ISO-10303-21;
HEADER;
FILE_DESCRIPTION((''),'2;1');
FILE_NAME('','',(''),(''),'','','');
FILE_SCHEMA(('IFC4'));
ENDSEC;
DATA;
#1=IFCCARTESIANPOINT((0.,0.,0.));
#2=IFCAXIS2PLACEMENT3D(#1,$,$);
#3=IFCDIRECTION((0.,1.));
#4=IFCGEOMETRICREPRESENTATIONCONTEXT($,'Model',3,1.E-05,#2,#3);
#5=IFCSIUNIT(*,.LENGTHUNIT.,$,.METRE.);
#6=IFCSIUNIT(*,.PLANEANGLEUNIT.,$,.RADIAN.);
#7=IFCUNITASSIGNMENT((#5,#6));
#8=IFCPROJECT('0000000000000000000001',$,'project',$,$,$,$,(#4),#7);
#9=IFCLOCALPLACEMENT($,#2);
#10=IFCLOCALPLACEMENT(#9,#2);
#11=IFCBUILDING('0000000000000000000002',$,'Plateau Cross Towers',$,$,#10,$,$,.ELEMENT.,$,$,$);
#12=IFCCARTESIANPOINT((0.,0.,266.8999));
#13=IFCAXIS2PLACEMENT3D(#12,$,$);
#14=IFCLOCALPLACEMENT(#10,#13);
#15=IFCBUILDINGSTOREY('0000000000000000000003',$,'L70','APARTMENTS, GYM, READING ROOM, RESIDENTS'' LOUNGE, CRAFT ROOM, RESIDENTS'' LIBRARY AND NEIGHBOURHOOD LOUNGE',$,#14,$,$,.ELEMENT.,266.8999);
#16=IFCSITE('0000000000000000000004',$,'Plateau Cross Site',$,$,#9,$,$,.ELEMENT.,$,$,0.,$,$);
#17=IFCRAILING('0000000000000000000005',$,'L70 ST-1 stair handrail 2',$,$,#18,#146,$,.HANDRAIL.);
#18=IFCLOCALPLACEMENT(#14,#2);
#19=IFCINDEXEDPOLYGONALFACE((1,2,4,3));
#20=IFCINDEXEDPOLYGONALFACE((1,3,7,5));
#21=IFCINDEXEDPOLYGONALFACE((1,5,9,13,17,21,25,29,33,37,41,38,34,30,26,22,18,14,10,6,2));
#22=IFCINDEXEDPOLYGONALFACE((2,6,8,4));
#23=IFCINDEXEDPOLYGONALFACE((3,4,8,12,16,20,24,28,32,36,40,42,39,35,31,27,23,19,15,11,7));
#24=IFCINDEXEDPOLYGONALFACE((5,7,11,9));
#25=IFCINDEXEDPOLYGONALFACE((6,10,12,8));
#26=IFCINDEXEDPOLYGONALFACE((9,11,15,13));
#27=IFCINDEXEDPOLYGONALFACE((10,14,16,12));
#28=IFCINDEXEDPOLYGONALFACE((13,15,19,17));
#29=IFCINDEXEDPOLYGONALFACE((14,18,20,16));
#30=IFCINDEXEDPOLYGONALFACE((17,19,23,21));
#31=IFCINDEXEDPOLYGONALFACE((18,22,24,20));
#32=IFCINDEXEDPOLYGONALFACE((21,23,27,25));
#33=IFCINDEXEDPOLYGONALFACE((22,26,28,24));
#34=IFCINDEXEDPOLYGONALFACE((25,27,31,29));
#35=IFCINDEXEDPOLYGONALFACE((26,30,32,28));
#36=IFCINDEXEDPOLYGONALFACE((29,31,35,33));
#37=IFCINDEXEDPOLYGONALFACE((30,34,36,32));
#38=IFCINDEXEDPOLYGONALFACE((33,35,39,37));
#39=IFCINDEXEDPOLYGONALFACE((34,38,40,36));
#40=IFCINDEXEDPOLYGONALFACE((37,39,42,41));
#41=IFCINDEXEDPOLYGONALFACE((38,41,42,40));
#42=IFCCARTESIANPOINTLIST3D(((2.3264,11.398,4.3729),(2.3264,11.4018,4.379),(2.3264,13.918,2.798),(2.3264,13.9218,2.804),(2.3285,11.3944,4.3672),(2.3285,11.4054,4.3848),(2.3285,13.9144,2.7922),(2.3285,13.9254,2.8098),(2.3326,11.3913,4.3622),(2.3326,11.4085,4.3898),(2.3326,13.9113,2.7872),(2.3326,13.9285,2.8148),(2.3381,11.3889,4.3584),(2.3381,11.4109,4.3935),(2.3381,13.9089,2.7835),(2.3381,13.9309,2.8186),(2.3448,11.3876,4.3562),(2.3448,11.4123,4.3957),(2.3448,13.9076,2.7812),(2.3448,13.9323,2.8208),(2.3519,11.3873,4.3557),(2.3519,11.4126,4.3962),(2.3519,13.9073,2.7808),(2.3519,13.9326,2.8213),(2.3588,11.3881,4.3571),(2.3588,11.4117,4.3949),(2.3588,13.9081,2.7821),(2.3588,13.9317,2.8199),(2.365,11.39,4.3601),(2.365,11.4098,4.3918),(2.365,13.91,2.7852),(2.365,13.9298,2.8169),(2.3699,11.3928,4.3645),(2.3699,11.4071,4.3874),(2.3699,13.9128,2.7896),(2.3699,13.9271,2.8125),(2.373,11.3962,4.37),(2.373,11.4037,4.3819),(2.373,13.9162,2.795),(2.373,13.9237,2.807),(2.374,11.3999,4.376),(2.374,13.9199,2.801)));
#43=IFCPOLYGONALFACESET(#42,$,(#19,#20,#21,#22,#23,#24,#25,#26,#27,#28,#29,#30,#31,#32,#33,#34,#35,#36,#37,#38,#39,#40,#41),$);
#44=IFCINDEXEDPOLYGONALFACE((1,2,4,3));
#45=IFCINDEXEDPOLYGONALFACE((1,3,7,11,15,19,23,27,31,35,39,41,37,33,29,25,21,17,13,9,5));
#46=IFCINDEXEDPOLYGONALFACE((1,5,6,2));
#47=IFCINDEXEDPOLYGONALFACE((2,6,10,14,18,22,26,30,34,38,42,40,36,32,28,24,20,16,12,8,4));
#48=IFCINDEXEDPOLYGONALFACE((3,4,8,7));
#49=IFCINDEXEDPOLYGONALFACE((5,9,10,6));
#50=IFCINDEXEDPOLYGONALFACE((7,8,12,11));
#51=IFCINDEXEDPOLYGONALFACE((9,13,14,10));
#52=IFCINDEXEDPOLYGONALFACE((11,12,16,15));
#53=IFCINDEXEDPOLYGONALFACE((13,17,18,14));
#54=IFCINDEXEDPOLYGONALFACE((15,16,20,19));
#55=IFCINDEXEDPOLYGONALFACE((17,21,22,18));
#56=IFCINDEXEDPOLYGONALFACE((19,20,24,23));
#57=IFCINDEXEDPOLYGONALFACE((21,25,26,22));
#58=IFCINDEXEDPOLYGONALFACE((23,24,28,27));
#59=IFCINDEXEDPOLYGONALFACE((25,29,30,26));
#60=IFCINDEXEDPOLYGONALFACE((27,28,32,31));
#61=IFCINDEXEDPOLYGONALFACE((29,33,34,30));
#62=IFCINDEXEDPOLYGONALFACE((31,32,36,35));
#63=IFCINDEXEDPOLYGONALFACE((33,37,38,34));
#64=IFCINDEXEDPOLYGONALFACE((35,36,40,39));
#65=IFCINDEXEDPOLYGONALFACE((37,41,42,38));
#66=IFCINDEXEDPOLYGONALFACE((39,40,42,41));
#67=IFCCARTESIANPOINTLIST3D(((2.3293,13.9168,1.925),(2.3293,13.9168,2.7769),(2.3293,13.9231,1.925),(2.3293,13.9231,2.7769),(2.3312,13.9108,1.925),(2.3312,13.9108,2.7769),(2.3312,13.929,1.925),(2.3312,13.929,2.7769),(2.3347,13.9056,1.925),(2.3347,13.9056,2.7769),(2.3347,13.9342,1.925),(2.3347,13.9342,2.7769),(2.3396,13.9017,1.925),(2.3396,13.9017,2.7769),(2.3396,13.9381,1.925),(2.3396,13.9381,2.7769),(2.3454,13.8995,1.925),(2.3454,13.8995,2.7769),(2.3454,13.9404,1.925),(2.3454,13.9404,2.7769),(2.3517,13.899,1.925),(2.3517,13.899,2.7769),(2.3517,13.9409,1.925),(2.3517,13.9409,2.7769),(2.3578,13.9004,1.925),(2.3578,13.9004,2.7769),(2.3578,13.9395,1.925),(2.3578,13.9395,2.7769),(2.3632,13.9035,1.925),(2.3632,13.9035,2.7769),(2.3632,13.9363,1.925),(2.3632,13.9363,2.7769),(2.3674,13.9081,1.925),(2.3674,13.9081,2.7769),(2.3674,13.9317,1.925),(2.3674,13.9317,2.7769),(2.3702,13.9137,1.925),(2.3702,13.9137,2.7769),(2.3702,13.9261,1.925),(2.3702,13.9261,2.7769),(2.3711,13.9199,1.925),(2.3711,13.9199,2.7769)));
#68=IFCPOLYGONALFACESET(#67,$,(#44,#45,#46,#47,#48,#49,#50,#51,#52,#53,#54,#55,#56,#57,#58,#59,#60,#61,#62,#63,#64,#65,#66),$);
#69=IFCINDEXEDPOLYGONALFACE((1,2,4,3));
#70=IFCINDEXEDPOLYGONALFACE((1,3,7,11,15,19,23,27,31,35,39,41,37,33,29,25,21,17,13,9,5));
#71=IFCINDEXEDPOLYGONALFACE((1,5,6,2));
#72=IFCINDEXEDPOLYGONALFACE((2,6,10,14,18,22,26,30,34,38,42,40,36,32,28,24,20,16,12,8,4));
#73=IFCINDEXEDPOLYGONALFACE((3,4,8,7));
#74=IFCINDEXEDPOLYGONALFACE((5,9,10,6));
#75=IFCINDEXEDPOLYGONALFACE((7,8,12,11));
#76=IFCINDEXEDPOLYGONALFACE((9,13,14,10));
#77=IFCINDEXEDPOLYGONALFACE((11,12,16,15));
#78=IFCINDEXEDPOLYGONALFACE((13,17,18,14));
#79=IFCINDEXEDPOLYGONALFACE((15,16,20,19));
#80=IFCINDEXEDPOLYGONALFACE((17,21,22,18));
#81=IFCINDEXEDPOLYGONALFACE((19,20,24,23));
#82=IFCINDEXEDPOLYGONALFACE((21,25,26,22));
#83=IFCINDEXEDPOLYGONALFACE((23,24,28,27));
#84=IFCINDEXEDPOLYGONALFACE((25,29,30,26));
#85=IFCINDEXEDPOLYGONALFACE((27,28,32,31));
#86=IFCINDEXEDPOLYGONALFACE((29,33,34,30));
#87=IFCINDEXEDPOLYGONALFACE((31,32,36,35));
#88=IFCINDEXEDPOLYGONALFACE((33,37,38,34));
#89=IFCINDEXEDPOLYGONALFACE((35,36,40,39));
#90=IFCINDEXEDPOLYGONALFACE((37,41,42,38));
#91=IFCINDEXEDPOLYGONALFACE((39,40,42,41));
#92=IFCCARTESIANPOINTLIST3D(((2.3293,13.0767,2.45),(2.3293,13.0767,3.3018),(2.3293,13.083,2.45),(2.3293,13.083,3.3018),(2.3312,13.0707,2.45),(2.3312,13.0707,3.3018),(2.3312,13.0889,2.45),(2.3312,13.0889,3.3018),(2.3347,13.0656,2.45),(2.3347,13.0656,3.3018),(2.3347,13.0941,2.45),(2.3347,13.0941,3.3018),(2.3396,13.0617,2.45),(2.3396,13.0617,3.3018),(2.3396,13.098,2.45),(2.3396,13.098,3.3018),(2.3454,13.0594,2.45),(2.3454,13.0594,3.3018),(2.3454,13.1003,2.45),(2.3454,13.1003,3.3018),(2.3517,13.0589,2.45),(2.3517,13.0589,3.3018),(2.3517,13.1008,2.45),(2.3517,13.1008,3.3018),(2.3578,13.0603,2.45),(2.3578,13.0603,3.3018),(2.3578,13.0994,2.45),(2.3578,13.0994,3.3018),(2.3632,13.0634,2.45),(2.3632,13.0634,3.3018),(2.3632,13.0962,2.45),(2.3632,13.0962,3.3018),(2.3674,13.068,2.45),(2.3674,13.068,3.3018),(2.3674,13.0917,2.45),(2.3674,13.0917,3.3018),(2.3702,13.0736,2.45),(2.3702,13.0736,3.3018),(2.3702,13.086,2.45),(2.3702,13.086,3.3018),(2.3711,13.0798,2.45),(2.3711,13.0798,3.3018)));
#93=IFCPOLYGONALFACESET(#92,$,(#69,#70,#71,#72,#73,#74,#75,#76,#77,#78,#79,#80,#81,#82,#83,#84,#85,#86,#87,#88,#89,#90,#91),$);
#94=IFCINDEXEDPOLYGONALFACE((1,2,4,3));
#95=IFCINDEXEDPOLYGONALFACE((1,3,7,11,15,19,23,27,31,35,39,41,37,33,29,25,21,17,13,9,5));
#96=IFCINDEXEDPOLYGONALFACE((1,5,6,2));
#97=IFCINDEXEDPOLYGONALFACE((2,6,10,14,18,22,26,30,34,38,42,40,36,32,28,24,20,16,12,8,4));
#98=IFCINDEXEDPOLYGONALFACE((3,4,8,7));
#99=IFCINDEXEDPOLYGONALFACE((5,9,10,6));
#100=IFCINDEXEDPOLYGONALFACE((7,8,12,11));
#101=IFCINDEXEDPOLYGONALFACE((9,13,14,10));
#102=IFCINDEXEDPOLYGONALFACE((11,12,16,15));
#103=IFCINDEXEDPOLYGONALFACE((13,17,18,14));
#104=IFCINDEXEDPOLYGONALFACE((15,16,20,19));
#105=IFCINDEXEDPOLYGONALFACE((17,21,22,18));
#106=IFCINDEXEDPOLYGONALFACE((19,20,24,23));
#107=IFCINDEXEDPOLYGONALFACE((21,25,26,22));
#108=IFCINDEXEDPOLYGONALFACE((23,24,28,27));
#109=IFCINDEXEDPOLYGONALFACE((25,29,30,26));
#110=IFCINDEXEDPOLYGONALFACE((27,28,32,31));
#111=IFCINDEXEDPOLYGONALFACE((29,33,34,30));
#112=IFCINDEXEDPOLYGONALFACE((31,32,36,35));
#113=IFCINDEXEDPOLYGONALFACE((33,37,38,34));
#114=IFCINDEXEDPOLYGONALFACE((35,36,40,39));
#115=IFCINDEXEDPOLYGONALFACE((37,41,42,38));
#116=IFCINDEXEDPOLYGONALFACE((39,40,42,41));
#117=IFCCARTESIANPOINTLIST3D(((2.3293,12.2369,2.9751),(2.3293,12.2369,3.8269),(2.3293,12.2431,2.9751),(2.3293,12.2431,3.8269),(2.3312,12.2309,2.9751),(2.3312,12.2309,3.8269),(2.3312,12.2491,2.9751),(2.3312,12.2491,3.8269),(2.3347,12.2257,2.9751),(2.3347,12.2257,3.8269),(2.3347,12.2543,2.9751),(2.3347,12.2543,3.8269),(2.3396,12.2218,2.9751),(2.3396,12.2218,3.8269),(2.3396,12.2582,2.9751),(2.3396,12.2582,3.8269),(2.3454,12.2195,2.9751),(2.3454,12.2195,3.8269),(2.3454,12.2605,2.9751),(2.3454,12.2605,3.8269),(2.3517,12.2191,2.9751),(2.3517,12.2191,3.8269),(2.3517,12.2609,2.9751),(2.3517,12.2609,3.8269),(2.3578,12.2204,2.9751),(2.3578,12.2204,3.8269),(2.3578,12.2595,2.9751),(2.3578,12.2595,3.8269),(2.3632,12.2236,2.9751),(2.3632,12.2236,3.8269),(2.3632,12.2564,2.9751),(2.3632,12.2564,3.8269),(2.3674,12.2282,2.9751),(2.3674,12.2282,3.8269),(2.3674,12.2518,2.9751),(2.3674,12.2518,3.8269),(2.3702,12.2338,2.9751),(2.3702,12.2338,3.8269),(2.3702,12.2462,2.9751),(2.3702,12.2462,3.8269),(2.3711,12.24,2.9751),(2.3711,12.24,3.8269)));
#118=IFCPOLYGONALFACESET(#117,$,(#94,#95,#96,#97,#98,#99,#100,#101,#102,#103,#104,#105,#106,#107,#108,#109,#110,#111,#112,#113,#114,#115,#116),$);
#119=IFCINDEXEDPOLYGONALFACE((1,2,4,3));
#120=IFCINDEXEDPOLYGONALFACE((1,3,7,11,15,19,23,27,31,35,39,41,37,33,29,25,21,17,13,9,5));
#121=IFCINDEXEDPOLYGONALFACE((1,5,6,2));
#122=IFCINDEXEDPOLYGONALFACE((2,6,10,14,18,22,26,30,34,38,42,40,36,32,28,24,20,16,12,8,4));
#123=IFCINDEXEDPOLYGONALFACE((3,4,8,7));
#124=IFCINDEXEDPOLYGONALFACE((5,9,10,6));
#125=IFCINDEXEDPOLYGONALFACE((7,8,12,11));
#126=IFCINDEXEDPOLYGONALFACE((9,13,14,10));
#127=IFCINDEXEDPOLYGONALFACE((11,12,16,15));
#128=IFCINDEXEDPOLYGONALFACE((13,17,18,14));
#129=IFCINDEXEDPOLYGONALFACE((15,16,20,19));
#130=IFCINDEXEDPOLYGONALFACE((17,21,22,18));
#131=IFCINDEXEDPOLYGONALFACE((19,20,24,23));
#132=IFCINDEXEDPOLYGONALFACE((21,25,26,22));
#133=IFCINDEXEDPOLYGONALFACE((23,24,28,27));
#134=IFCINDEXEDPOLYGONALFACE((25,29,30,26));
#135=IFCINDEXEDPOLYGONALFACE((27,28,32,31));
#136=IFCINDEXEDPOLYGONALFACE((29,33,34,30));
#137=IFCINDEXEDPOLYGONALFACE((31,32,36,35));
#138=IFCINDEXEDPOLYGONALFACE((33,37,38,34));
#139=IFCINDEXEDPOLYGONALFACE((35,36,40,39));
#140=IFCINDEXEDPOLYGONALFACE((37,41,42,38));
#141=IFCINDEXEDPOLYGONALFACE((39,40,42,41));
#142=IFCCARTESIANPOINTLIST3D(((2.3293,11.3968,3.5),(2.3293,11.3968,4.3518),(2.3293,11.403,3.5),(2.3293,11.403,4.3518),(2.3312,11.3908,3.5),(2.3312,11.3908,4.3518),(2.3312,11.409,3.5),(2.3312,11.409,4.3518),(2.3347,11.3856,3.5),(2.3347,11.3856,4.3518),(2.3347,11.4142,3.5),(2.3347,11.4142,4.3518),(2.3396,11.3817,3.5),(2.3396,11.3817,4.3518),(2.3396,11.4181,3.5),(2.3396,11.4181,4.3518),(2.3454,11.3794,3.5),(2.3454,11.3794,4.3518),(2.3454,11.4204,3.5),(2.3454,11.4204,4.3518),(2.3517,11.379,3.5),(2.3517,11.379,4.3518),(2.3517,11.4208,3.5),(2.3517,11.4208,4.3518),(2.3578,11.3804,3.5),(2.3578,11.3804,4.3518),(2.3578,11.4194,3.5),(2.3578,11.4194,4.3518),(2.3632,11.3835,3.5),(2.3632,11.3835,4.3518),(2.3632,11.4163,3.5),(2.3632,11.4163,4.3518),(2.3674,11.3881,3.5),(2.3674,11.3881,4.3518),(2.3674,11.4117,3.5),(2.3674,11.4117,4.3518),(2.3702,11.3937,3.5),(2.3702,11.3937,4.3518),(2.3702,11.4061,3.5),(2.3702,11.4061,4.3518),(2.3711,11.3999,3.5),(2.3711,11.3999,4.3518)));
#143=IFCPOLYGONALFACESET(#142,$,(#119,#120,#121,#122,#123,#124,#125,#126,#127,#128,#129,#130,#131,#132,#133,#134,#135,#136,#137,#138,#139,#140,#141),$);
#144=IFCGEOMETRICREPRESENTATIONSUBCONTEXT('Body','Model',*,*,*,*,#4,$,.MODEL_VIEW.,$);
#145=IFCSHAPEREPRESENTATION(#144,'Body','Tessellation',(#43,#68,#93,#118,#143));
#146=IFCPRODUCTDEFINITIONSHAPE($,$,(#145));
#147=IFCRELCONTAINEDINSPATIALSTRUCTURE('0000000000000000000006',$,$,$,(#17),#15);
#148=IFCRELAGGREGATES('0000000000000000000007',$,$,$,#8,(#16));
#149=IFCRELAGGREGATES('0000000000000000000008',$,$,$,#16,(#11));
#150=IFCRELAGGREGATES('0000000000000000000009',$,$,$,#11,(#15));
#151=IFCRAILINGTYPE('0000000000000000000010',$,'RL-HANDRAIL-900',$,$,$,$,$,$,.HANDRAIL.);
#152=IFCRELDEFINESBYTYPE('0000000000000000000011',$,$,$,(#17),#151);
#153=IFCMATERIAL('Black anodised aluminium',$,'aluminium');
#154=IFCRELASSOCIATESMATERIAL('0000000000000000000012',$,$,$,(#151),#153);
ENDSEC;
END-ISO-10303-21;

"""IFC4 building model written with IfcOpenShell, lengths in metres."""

from ifc_helpers import new_model, si_unit, direction, frame, origin, origin_2d, place, context, subcontext, project, spatial, circle, extrude, material, type_object, element, save


model = new_model("IFC4")

# Units and contexts
model_context = context("Model", 3, precision=1e-05, world=origin(), true_north=direction((0.0, 1.0)))
body_context = subcontext(model_context, "Body", "Model", "MODEL_VIEW")
ifc_project = project(units=[si_unit("LENGTHUNIT", "METRE"), si_unit("PLANEANGLEUNIT", "RADIAN")], contexts=[model_context])

# Site, building, storey
site_placement = place(None, origin())
site = spatial("IfcSite", under=ifc_project, at=site_placement, Name="Plateau Cross Site", CompositionType="ELEMENT", RefElevation=0.0)
building_placement = place(site_placement, origin())
building = spatial("IfcBuilding", under=site, at=building_placement, Name="Plateau Cross Towers", CompositionType="ELEMENT")
storey_placement = place(building_placement, frame((0.0, 0.0, 266.8999)))
storey = spatial("IfcBuildingStorey", under=building, at=storey_placement, Name="L70", Description="APARTMENTS, GYM, READING ROOM, RESIDENTS' LOUNGE, CRAFT ROOM, RESIDENTS' LIBRARY AND NEIGHBOURHOOD LOUNGE", CompositionType="ELEMENT", Elevation=266.8999)

# Shared definitions
ifc_material_1 = material(Name="Black anodised aluminium", Category="aluminium")

# Railing
railing_type_1 = type_object("IfcRailingType", Name="RL-HANDRAIL-900", PredefinedType="HANDRAIL", material=ifc_material_1)
railing_1_placement = place(storey_placement, frame((2.3501, 13.9199, 1.925)))
element("IfcRailing", 1, at=railing_1_placement, inside=storey, type_object=railing_type_1, Name="L70 ST-1 stair handrail 2", PredefinedType="HANDRAIL", context=body_context, shape_type="SweptSolid", body=[
    extrude(circle(Radius=0.0239, at=origin_2d()), frame((0.0, 0.0, 0.876), z_axis=(0.0, -0.848008, 0.529984), x_axis=(1.0, 0.0, 0.0)), (0.0, 0.0, 1.0), 2.9717),
    extrude(circle(Radius=0.021, at=origin_2d()), origin(), (0.0, 0.0, 1.0), 0.8518),
    extrude(circle(Radius=0.021, at=origin_2d()), frame((0.0, -0.8401, 0.5249)), (0.0, 0.0, 1.0), 0.8518),
    extrude(circle(Radius=0.021, at=origin_2d()), frame((0.0, -1.6799, 1.05)), (0.0, 0.0, 1.0), 0.8518),
    extrude(circle(Radius=0.021, at=origin_2d()), frame((0.0, -2.52, 1.575)), (0.0, 0.0, 1.0), 0.8518),
])

save(model, "model.ifc")
